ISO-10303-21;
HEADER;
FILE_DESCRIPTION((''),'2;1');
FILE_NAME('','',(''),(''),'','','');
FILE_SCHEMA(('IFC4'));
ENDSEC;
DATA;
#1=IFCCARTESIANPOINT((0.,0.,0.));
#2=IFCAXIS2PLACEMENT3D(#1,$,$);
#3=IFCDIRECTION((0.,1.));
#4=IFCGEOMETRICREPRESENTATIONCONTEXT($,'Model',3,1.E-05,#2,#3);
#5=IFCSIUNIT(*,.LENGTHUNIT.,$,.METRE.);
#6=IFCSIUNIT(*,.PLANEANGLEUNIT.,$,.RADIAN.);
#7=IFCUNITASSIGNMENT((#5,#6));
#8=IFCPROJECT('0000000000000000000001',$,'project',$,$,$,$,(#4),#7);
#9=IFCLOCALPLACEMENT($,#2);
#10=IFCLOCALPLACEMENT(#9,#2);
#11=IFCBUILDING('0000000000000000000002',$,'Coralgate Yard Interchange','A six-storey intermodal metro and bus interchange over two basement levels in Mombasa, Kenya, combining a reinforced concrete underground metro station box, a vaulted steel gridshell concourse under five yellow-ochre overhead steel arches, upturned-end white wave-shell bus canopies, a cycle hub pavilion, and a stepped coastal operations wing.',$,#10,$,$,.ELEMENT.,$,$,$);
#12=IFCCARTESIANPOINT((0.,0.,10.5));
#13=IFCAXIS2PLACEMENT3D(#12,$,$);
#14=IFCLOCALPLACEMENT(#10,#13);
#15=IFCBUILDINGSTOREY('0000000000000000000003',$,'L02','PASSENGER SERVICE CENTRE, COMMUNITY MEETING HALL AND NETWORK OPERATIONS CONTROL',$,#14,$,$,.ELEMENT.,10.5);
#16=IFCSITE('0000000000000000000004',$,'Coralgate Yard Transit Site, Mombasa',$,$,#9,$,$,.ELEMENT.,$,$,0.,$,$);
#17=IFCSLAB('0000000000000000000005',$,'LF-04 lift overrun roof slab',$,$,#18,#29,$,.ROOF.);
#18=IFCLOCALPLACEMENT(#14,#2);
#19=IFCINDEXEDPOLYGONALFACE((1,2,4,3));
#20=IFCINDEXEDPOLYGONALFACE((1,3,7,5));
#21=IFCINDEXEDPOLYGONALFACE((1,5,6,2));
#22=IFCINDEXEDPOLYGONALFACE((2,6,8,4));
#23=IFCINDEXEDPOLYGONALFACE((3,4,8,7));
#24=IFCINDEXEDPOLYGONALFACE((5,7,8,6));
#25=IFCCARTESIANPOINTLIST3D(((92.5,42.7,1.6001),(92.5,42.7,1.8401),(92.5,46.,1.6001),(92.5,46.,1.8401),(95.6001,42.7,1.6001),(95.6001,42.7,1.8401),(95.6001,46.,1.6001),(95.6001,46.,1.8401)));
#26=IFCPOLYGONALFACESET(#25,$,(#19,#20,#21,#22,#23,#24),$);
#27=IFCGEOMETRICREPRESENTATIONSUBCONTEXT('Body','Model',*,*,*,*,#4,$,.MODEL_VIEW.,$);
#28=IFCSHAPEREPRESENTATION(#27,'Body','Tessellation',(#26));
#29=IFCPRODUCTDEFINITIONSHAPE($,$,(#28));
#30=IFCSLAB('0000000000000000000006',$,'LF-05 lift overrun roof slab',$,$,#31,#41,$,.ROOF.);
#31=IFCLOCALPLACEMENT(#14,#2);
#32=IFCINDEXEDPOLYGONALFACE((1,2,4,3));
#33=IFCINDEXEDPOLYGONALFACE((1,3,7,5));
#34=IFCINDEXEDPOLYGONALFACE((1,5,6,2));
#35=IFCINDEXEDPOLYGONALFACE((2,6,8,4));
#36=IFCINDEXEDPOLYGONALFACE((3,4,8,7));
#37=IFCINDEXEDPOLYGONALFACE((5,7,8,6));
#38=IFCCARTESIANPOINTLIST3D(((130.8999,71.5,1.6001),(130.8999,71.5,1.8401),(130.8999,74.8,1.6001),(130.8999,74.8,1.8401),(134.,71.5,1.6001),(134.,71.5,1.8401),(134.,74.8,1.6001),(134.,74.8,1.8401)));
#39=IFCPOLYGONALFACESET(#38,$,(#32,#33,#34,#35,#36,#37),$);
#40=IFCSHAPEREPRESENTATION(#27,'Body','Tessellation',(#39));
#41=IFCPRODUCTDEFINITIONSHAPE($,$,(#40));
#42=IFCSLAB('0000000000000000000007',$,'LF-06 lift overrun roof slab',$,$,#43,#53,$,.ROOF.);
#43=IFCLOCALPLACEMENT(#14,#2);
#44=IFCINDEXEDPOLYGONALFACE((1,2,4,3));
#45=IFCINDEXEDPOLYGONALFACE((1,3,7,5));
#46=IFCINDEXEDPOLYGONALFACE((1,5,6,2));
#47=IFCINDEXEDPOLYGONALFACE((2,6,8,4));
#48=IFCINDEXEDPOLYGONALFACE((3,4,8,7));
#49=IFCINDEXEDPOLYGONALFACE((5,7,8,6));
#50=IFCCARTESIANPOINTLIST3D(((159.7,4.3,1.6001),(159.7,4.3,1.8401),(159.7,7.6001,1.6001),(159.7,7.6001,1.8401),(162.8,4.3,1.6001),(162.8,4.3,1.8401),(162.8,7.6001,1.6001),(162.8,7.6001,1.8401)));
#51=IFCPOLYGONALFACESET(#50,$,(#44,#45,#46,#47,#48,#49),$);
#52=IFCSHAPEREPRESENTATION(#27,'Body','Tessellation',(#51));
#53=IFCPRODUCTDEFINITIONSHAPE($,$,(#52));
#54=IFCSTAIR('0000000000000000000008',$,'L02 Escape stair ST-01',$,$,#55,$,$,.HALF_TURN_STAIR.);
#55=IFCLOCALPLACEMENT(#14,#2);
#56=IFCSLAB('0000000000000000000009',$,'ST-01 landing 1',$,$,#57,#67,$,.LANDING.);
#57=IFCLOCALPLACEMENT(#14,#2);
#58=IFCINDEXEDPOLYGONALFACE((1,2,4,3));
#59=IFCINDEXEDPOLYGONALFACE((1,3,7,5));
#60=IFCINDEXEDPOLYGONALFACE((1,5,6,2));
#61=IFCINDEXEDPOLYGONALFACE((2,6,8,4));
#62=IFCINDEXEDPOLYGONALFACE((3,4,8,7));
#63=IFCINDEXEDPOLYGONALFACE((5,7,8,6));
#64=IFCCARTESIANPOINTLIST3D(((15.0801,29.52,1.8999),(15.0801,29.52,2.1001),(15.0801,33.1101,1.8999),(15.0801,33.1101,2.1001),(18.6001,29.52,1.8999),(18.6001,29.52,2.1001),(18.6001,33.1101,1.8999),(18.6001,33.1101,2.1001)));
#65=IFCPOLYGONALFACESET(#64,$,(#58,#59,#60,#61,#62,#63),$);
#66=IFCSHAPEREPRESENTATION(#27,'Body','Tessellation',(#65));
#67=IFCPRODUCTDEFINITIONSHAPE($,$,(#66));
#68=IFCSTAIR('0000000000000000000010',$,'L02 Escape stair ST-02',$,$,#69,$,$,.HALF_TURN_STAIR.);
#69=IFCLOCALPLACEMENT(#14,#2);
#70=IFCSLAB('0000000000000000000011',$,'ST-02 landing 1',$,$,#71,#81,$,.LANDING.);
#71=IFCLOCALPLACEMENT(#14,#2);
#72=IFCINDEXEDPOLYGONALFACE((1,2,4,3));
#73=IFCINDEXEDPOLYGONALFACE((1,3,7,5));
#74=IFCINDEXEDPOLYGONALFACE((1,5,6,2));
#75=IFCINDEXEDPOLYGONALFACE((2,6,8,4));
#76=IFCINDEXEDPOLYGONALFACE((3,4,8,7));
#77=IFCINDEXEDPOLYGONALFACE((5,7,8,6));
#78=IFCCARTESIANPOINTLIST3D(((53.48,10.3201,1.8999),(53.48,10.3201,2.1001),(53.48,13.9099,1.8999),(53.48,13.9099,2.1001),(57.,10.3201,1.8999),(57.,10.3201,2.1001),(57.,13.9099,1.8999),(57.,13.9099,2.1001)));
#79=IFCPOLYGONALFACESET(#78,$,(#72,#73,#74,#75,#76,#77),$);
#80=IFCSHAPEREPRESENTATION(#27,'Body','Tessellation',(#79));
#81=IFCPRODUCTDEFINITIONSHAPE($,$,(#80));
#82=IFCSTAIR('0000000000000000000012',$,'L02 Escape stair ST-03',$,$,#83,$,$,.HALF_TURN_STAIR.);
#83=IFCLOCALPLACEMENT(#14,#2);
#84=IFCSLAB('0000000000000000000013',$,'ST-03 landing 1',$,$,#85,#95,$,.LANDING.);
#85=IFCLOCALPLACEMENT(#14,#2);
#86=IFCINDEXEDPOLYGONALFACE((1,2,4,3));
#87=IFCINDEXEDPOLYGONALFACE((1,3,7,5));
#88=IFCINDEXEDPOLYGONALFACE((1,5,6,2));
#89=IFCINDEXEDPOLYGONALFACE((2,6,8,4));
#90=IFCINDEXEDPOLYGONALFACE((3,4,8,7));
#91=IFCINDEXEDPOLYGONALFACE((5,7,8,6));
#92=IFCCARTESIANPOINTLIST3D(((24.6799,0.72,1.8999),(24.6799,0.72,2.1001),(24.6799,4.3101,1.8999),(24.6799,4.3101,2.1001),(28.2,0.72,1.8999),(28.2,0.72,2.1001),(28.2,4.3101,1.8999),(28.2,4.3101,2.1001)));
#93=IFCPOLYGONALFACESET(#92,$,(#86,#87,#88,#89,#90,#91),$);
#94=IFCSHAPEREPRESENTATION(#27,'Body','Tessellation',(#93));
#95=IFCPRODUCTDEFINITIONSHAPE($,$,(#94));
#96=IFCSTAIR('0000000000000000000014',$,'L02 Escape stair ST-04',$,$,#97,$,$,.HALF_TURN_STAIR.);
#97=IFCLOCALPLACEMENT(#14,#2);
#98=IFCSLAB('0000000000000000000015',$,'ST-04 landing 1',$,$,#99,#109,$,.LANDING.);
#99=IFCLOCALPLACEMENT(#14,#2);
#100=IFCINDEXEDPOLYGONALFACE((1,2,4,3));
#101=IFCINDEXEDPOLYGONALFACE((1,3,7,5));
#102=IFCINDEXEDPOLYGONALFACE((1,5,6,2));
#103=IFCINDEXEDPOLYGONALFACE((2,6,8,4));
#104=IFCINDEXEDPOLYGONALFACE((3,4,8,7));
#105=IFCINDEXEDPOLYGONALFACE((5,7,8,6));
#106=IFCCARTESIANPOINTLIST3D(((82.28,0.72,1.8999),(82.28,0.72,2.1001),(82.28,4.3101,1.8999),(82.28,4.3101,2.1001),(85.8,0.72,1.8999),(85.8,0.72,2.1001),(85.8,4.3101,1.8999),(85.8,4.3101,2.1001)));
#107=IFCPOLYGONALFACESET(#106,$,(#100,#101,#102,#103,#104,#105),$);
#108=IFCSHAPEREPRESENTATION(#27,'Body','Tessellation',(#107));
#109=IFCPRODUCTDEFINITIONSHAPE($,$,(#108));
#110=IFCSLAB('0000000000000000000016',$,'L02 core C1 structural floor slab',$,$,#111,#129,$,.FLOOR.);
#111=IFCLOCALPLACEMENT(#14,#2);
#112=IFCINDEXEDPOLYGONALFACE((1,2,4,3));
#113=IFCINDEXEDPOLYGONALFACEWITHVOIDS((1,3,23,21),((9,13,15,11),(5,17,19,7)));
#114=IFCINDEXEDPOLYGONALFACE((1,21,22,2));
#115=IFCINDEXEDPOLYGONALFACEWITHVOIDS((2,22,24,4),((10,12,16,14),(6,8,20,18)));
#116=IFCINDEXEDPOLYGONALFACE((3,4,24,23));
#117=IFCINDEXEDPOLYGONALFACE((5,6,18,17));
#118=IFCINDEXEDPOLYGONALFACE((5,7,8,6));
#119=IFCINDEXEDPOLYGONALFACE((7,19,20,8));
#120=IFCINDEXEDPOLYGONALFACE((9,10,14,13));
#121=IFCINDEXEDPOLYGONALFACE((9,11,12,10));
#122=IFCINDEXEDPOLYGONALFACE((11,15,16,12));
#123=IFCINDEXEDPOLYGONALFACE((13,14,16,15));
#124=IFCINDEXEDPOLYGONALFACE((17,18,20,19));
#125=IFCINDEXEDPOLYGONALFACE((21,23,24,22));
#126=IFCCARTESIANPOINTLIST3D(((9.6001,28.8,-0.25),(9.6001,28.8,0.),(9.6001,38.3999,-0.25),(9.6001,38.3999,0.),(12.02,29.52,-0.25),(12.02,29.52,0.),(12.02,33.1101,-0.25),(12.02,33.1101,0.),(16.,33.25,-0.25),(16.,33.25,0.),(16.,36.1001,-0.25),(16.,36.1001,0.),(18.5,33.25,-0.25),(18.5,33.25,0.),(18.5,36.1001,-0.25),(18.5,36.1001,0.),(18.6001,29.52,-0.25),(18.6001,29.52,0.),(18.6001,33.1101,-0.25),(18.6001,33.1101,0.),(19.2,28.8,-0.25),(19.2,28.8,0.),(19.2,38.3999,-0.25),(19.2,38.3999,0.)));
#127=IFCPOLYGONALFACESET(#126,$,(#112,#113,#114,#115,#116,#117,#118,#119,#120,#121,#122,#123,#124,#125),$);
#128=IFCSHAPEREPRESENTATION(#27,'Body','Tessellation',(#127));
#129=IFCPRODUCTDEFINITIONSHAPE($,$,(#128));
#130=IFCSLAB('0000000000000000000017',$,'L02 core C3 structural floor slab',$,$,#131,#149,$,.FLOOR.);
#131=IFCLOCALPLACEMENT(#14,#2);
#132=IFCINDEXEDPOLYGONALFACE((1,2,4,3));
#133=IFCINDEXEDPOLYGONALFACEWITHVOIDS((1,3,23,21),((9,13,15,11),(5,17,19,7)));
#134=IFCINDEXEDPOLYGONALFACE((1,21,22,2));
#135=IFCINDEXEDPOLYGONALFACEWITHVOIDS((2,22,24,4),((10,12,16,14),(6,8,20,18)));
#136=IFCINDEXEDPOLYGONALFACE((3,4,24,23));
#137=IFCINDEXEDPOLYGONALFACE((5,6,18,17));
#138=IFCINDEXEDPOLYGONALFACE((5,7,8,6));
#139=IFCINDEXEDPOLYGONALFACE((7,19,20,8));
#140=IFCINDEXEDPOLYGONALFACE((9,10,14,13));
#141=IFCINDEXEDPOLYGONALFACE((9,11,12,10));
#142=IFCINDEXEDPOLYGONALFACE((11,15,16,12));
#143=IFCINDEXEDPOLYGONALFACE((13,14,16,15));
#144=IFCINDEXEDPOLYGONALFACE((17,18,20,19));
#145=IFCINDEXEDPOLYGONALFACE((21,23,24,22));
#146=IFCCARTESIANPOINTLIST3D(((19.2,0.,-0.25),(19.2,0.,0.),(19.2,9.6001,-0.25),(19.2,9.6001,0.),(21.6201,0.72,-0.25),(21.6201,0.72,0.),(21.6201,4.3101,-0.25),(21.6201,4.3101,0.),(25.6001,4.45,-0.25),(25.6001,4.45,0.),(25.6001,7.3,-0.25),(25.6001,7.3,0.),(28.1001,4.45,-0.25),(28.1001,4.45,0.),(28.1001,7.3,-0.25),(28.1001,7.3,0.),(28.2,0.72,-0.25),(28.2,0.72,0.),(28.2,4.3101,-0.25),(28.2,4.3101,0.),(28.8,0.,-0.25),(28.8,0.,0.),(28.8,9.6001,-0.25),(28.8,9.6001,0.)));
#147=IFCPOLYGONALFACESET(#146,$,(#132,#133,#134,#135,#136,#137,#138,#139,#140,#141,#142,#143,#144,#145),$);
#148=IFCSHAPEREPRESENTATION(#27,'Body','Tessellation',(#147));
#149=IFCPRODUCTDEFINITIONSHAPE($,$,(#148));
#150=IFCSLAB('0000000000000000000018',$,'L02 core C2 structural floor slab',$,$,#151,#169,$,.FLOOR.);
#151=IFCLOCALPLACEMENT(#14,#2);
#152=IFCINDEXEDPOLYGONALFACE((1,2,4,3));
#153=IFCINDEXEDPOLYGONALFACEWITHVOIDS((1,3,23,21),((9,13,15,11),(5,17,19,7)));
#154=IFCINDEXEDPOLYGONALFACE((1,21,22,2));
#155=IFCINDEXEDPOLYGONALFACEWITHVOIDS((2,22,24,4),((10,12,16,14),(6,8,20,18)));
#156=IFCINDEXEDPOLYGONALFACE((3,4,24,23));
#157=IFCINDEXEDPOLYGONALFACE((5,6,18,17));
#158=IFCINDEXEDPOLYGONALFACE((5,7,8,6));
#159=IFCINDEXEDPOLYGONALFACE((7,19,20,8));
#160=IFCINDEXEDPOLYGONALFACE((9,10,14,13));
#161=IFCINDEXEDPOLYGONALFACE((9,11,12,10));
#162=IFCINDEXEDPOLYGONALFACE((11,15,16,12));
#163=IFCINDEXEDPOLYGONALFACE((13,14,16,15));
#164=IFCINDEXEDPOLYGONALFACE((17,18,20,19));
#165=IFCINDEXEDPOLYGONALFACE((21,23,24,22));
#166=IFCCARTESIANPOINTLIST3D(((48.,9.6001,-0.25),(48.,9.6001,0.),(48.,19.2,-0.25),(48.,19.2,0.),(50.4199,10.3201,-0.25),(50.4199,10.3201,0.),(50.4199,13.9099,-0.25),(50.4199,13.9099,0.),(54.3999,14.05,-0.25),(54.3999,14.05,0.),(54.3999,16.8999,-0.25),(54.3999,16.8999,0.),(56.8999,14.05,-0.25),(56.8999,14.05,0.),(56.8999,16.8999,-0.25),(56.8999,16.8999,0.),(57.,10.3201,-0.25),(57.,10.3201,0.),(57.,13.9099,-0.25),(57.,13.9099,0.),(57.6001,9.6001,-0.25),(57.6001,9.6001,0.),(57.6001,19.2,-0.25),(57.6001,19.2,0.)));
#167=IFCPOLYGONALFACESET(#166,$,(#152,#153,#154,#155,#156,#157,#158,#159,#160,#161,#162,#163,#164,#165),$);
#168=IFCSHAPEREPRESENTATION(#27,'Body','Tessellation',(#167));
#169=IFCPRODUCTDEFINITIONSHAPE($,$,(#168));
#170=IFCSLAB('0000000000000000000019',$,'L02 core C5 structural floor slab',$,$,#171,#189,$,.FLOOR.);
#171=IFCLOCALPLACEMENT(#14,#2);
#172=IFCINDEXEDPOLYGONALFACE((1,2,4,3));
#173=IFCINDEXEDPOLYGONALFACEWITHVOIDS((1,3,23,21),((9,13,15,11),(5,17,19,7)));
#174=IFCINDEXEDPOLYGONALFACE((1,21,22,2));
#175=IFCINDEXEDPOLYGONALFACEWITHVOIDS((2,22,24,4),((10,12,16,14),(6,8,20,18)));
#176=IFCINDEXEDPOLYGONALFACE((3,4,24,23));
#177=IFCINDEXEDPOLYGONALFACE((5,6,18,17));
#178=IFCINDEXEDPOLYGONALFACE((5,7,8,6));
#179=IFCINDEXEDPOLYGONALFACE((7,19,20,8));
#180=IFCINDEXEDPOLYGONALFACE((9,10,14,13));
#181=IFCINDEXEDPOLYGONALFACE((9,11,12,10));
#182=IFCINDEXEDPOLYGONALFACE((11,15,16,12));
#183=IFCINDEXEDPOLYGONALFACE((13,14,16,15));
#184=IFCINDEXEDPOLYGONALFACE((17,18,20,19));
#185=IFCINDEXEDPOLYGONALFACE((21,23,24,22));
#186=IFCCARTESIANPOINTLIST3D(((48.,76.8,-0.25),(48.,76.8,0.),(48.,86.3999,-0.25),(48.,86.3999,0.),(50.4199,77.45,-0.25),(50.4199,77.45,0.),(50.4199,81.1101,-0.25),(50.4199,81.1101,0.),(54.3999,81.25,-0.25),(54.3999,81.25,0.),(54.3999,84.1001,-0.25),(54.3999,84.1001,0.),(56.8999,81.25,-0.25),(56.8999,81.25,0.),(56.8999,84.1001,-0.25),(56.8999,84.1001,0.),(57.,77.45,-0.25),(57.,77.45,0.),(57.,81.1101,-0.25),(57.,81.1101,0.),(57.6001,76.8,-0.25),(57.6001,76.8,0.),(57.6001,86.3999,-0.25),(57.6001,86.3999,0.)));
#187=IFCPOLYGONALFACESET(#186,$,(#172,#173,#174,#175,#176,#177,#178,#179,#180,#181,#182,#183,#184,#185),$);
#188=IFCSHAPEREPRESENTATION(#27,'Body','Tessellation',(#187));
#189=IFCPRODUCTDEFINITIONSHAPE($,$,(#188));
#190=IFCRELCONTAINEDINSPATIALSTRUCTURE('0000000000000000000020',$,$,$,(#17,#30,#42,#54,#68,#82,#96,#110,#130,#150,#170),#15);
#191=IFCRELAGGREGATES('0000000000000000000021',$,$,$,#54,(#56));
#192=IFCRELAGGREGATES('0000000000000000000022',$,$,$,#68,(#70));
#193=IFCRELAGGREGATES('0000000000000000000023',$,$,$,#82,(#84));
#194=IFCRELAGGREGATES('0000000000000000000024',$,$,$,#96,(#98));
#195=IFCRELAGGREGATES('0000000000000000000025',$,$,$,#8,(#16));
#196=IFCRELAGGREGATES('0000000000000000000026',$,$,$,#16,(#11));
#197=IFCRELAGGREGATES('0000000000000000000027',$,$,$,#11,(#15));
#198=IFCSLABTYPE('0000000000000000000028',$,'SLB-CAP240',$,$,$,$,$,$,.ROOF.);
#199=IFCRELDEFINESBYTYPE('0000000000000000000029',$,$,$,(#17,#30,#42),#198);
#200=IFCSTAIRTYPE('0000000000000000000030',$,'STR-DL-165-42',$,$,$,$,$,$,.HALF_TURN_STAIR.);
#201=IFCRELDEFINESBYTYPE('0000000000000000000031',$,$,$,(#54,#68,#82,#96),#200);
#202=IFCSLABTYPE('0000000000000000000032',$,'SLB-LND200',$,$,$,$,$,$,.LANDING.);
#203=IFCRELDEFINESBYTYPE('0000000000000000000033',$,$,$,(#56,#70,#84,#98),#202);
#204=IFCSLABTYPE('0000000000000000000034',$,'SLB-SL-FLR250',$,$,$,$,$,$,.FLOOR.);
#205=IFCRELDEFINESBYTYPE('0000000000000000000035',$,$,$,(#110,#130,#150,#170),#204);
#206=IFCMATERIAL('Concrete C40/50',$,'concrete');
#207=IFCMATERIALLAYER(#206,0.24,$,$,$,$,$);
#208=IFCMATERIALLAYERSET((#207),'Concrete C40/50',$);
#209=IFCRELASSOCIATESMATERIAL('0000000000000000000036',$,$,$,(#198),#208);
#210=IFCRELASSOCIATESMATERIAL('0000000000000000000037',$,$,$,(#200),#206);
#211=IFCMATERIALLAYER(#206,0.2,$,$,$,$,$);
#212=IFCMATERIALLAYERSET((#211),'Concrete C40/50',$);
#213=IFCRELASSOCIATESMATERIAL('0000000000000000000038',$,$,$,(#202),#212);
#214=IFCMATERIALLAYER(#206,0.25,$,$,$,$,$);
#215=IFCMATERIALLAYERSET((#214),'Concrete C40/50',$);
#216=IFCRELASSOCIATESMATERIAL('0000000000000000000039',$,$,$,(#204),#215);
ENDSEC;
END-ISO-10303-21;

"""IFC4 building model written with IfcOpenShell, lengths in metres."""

from ifc_helpers import new_model, si_unit, direction, frame, origin, place, context, subcontext, project, spatial, polyline, outline, extrude, material, layer, layer_set, type_object, element, aggregate, save


model = new_model("IFC4")

# Units and contexts
model_context = context("Model", 3, precision=1e-05, world=origin(), true_north=direction((0.0, 1.0)))
body_context = subcontext(model_context, "Body", "Model", "MODEL_VIEW")
ifc_project = project(units=[si_unit("LENGTHUNIT", "METRE"), si_unit("PLANEANGLEUNIT", "RADIAN")], contexts=[model_context])

# Site, building, storey
site_placement = place(None, origin())
site = spatial("IfcSite", under=ifc_project, at=site_placement, Name="Coralgate Yard Transit Site, Mombasa", CompositionType="ELEMENT", RefElevation=0.0)
building_placement = place(site_placement, origin())
building = spatial("IfcBuilding", under=site, at=building_placement, Name="Coralgate Yard Interchange", Description="A six-storey intermodal metro and bus interchange over two basement levels in Mombasa, Kenya, combining a reinforced concrete underground metro station box, a vaulted steel gridshell concourse under five yellow-ochre overhead steel arches, upturned-end white wave-shell bus canopies, a cycle hub pavilion, and a stepped coastal operations wing.", CompositionType="ELEMENT")
storey_placement = place(building_placement, frame((0.0, 0.0, 10.5)))
storey = spatial("IfcBuildingStorey", under=building, at=storey_placement, Name="L02", Description="PASSENGER SERVICE CENTRE, COMMUNITY MEETING HALL AND NETWORK OPERATIONS CONTROL", CompositionType="ELEMENT", Elevation=10.5)

# Slabs
ifc_material_1 = material(Name="Concrete C40/50", Category="concrete")
ifc_layer_1 = layer(ifc_material_1, 0.24)
ifc_layer_set_1 = layer_set([ifc_layer_1], Name="Concrete C40/50")
slab_type_1 = type_object("IfcSlabType", Name="SLB-CAP240", PredefinedType="ROOF", material=ifc_layer_set_1)
slab_1_placement = place(storey_placement, frame((0.0, 0.0, 1.6001)))
element("IfcSlab", 1, at=slab_1_placement, inside=storey, type_object=slab_type_1, Name="LF-04 lift overrun roof slab", PredefinedType="ROOF", context=body_context, shape_type="SweptSolid", body=[
    extrude(outline(polyline([(92.5, 42.7), (95.6001, 42.7), (95.6001, 46.0), (92.5, 46.0), (92.5, 42.7)])), origin(), (0.0, 0.0, 1.0), 0.24),
])
slab_2_placement = place(storey_placement, frame((0.0, 0.0, 1.6001)))
element("IfcSlab", 2, at=slab_2_placement, inside=storey, type_object=slab_type_1, Name="LF-05 lift overrun roof slab", PredefinedType="ROOF", context=body_context, shape_type="SweptSolid", body=[
    extrude(outline(polyline([(130.8999, 71.5), (134.0, 71.5), (134.0, 74.8), (130.8999, 74.8), (130.8999, 71.5)])), origin(), (0.0, 0.0, 1.0), 0.24),
])
slab_3_placement = place(storey_placement, frame((0.0, 0.0, 1.6001)))
element("IfcSlab", 3, at=slab_3_placement, inside=storey, type_object=slab_type_1, Name="LF-06 lift overrun roof slab", PredefinedType="ROOF", context=body_context, shape_type="SweptSolid", body=[
    extrude(outline(polyline([(159.7, 4.3), (162.8, 4.3), (162.8, 7.6001), (159.7, 7.6001), (159.7, 4.3)])), origin(), (0.0, 0.0, 1.0), 0.24),
])

# Stairs, slabs
stair_type = type_object("IfcStairType", Name="STR-DL-165-42", PredefinedType="HALF_TURN_STAIR", material=ifc_material_1)
stair_1_placement = place(storey_placement, origin())
stair_1 = element("IfcStair", 4, at=stair_1_placement, inside=storey, type_object=stair_type, Name="L02 Escape stair ST-01", PredefinedType="HALF_TURN_STAIR")
ifc_layer_2 = layer(ifc_material_1, 0.2)
ifc_layer_set_2 = layer_set([ifc_layer_2], Name="Concrete C40/50")
slab_type_2 = type_object("IfcSlabType", Name="SLB-LND200", PredefinedType="LANDING", material=ifc_layer_set_2)
slab_4_placement = place(storey_placement, frame((0.0, 0.0, 1.8999)))
slab_4 = element("IfcSlab", 5, at=slab_4_placement, type_object=slab_type_2, Name="ST-01 landing 1", PredefinedType="LANDING", context=body_context, shape_type="SweptSolid", body=[
    extrude(outline(polyline([(15.0801, 29.52), (18.6001, 29.52), (18.6001, 33.1101), (15.0801, 33.1101), (15.0801, 29.52)])), origin(), (0.0, 0.0, 1.0), 0.2002),
])
aggregate(stair_1, [slab_4])
stair_2_placement = place(storey_placement, origin())
stair_2 = element("IfcStair", 6, at=stair_2_placement, inside=storey, type_object=stair_type, Name="L02 Escape stair ST-02", PredefinedType="HALF_TURN_STAIR")
slab_5_placement = place(storey_placement, frame((0.0, 0.0, 1.8999)))
slab_5 = element("IfcSlab", 7, at=slab_5_placement, type_object=slab_type_2, Name="ST-02 landing 1", PredefinedType="LANDING", context=body_context, shape_type="SweptSolid", body=[
    extrude(outline(polyline([(53.48, 10.3201), (57.0, 10.3201), (57.0, 13.9099), (53.48, 13.9099), (53.48, 10.3201)])), origin(), (0.0, 0.0, 1.0), 0.2002),
])
aggregate(stair_2, [slab_5])
stair_3_placement = place(storey_placement, origin())
stair_3 = element("IfcStair", 8, at=stair_3_placement, inside=storey, type_object=stair_type, Name="L02 Escape stair ST-03", PredefinedType="HALF_TURN_STAIR")
slab_6_placement = place(storey_placement, frame((0.0, 0.0, 1.8999)))
slab_6 = element("IfcSlab", 9, at=slab_6_placement, type_object=slab_type_2, Name="ST-03 landing 1", PredefinedType="LANDING", context=body_context, shape_type="SweptSolid", body=[
    extrude(outline(polyline([(24.6799, 0.72), (28.2, 0.72), (28.2, 4.3101), (24.6799, 4.3101), (24.6799, 0.72)])), origin(), (0.0, 0.0, 1.0), 0.2002),
])
aggregate(stair_3, [slab_6])
stair_4_placement = place(storey_placement, origin())
stair_4 = element("IfcStair", 10, at=stair_4_placement, inside=storey, type_object=stair_type, Name="L02 Escape stair ST-04", PredefinedType="HALF_TURN_STAIR")
slab_7_placement = place(storey_placement, frame((0.0, 0.0, 1.8999)))
slab_7 = element("IfcSlab", 11, at=slab_7_placement, type_object=slab_type_2, Name="ST-04 landing 1", PredefinedType="LANDING", context=body_context, shape_type="SweptSolid", body=[
    extrude(outline(polyline([(82.28, 0.72), (85.8, 0.72), (85.8, 4.3101), (82.28, 4.3101), (82.28, 0.72)])), origin(), (0.0, 0.0, 1.0), 0.2002),
])
aggregate(stair_4, [slab_7])

# Slabs
ifc_layer_3 = layer(ifc_material_1, 0.25)
ifc_layer_set_3 = layer_set([ifc_layer_3], Name="Concrete C40/50")
slab_type_3 = type_object("IfcSlabType", Name="SLB-SL-FLR250", PredefinedType="FLOOR", material=ifc_layer_set_3)
slab_8_placement = place(storey_placement, frame((0.0, 0.0, -0.25)))
element("IfcSlab", 12, at=slab_8_placement, inside=storey, type_object=slab_type_3, Name="L02 core C1 structural floor slab", PredefinedType="FLOOR", context=body_context, shape_type="SweptSolid", body=[
    extrude(outline(polyline([(19.2, 38.3999), (19.2, 28.8), (9.6001, 28.8), (9.6001, 38.3999), (19.2, 38.3999)]), holes=[polyline([(18.6001, 33.1101), (12.02, 33.1101), (12.02, 29.52), (18.6001, 29.52), (18.6001, 33.1101)]), polyline([(18.5, 33.25), (18.5, 36.1001), (16.0, 36.1001), (16.0, 33.25), (18.5, 33.25)])]), origin(), (0.0, 0.0, 1.0), 0.25),
])
slab_9_placement = place(storey_placement, frame((0.0, 0.0, -0.25)))
element("IfcSlab", 13, at=slab_9_placement, inside=storey, type_object=slab_type_3, Name="L02 core C3 structural floor slab", PredefinedType="FLOOR", context=body_context, shape_type="SweptSolid", body=[
    extrude(outline(polyline([(28.8, 9.6001), (28.8, 0.0), (19.2, 0.0), (19.2, 9.6001), (28.8, 9.6001)]), holes=[polyline([(28.2, 4.3101), (21.6201, 4.3101), (21.6201, 0.72), (28.2, 0.72), (28.2, 4.3101)]), polyline([(28.1001, 4.45), (28.1001, 7.3), (25.6001, 7.3), (25.6001, 4.45), (28.1001, 4.45)])]), origin(), (0.0, 0.0, 1.0), 0.25),
])
slab_10_placement = place(storey_placement, frame((0.0, 0.0, -0.25)))
element("IfcSlab", 14, at=slab_10_placement, inside=storey, type_object=slab_type_3, Name="L02 core C2 structural floor slab", PredefinedType="FLOOR", context=body_context, shape_type="SweptSolid", body=[
    extrude(outline(polyline([(57.6001, 19.2), (57.6001, 9.6001), (48.0, 9.6001), (48.0, 19.2), (57.6001, 19.2)]), holes=[polyline([(57.0, 13.9099), (50.4199, 13.9099), (50.4199, 10.3201), (57.0, 10.3201), (57.0, 13.9099)]), polyline([(56.8999, 14.05), (56.8999, 16.8999), (54.3999, 16.8999), (54.3999, 14.05), (56.8999, 14.05)])]), origin(), (0.0, 0.0, 1.0), 0.25),
])
slab_11_placement = place(storey_placement, frame((0.0, 0.0, -0.25)))
element("IfcSlab", 15, at=slab_11_placement, inside=storey, type_object=slab_type_3, Name="L02 core C5 structural floor slab", PredefinedType="FLOOR", context=body_context, shape_type="SweptSolid", body=[
    extrude(outline(polyline([(57.6001, 86.3999), (57.6001, 76.8), (48.0, 76.8), (48.0, 86.3999), (57.6001, 86.3999)]), holes=[polyline([(57.0, 81.1101), (50.4199, 81.1101), (50.4199, 77.45), (57.0, 77.45), (57.0, 81.1101)]), polyline([(56.8999, 81.25), (56.8999, 84.1001), (54.3999, 84.1001), (54.3999, 81.25), (56.8999, 81.25)])]), origin(), (0.0, 0.0, 1.0), 0.25),
])

save(model, "model.ifc")
